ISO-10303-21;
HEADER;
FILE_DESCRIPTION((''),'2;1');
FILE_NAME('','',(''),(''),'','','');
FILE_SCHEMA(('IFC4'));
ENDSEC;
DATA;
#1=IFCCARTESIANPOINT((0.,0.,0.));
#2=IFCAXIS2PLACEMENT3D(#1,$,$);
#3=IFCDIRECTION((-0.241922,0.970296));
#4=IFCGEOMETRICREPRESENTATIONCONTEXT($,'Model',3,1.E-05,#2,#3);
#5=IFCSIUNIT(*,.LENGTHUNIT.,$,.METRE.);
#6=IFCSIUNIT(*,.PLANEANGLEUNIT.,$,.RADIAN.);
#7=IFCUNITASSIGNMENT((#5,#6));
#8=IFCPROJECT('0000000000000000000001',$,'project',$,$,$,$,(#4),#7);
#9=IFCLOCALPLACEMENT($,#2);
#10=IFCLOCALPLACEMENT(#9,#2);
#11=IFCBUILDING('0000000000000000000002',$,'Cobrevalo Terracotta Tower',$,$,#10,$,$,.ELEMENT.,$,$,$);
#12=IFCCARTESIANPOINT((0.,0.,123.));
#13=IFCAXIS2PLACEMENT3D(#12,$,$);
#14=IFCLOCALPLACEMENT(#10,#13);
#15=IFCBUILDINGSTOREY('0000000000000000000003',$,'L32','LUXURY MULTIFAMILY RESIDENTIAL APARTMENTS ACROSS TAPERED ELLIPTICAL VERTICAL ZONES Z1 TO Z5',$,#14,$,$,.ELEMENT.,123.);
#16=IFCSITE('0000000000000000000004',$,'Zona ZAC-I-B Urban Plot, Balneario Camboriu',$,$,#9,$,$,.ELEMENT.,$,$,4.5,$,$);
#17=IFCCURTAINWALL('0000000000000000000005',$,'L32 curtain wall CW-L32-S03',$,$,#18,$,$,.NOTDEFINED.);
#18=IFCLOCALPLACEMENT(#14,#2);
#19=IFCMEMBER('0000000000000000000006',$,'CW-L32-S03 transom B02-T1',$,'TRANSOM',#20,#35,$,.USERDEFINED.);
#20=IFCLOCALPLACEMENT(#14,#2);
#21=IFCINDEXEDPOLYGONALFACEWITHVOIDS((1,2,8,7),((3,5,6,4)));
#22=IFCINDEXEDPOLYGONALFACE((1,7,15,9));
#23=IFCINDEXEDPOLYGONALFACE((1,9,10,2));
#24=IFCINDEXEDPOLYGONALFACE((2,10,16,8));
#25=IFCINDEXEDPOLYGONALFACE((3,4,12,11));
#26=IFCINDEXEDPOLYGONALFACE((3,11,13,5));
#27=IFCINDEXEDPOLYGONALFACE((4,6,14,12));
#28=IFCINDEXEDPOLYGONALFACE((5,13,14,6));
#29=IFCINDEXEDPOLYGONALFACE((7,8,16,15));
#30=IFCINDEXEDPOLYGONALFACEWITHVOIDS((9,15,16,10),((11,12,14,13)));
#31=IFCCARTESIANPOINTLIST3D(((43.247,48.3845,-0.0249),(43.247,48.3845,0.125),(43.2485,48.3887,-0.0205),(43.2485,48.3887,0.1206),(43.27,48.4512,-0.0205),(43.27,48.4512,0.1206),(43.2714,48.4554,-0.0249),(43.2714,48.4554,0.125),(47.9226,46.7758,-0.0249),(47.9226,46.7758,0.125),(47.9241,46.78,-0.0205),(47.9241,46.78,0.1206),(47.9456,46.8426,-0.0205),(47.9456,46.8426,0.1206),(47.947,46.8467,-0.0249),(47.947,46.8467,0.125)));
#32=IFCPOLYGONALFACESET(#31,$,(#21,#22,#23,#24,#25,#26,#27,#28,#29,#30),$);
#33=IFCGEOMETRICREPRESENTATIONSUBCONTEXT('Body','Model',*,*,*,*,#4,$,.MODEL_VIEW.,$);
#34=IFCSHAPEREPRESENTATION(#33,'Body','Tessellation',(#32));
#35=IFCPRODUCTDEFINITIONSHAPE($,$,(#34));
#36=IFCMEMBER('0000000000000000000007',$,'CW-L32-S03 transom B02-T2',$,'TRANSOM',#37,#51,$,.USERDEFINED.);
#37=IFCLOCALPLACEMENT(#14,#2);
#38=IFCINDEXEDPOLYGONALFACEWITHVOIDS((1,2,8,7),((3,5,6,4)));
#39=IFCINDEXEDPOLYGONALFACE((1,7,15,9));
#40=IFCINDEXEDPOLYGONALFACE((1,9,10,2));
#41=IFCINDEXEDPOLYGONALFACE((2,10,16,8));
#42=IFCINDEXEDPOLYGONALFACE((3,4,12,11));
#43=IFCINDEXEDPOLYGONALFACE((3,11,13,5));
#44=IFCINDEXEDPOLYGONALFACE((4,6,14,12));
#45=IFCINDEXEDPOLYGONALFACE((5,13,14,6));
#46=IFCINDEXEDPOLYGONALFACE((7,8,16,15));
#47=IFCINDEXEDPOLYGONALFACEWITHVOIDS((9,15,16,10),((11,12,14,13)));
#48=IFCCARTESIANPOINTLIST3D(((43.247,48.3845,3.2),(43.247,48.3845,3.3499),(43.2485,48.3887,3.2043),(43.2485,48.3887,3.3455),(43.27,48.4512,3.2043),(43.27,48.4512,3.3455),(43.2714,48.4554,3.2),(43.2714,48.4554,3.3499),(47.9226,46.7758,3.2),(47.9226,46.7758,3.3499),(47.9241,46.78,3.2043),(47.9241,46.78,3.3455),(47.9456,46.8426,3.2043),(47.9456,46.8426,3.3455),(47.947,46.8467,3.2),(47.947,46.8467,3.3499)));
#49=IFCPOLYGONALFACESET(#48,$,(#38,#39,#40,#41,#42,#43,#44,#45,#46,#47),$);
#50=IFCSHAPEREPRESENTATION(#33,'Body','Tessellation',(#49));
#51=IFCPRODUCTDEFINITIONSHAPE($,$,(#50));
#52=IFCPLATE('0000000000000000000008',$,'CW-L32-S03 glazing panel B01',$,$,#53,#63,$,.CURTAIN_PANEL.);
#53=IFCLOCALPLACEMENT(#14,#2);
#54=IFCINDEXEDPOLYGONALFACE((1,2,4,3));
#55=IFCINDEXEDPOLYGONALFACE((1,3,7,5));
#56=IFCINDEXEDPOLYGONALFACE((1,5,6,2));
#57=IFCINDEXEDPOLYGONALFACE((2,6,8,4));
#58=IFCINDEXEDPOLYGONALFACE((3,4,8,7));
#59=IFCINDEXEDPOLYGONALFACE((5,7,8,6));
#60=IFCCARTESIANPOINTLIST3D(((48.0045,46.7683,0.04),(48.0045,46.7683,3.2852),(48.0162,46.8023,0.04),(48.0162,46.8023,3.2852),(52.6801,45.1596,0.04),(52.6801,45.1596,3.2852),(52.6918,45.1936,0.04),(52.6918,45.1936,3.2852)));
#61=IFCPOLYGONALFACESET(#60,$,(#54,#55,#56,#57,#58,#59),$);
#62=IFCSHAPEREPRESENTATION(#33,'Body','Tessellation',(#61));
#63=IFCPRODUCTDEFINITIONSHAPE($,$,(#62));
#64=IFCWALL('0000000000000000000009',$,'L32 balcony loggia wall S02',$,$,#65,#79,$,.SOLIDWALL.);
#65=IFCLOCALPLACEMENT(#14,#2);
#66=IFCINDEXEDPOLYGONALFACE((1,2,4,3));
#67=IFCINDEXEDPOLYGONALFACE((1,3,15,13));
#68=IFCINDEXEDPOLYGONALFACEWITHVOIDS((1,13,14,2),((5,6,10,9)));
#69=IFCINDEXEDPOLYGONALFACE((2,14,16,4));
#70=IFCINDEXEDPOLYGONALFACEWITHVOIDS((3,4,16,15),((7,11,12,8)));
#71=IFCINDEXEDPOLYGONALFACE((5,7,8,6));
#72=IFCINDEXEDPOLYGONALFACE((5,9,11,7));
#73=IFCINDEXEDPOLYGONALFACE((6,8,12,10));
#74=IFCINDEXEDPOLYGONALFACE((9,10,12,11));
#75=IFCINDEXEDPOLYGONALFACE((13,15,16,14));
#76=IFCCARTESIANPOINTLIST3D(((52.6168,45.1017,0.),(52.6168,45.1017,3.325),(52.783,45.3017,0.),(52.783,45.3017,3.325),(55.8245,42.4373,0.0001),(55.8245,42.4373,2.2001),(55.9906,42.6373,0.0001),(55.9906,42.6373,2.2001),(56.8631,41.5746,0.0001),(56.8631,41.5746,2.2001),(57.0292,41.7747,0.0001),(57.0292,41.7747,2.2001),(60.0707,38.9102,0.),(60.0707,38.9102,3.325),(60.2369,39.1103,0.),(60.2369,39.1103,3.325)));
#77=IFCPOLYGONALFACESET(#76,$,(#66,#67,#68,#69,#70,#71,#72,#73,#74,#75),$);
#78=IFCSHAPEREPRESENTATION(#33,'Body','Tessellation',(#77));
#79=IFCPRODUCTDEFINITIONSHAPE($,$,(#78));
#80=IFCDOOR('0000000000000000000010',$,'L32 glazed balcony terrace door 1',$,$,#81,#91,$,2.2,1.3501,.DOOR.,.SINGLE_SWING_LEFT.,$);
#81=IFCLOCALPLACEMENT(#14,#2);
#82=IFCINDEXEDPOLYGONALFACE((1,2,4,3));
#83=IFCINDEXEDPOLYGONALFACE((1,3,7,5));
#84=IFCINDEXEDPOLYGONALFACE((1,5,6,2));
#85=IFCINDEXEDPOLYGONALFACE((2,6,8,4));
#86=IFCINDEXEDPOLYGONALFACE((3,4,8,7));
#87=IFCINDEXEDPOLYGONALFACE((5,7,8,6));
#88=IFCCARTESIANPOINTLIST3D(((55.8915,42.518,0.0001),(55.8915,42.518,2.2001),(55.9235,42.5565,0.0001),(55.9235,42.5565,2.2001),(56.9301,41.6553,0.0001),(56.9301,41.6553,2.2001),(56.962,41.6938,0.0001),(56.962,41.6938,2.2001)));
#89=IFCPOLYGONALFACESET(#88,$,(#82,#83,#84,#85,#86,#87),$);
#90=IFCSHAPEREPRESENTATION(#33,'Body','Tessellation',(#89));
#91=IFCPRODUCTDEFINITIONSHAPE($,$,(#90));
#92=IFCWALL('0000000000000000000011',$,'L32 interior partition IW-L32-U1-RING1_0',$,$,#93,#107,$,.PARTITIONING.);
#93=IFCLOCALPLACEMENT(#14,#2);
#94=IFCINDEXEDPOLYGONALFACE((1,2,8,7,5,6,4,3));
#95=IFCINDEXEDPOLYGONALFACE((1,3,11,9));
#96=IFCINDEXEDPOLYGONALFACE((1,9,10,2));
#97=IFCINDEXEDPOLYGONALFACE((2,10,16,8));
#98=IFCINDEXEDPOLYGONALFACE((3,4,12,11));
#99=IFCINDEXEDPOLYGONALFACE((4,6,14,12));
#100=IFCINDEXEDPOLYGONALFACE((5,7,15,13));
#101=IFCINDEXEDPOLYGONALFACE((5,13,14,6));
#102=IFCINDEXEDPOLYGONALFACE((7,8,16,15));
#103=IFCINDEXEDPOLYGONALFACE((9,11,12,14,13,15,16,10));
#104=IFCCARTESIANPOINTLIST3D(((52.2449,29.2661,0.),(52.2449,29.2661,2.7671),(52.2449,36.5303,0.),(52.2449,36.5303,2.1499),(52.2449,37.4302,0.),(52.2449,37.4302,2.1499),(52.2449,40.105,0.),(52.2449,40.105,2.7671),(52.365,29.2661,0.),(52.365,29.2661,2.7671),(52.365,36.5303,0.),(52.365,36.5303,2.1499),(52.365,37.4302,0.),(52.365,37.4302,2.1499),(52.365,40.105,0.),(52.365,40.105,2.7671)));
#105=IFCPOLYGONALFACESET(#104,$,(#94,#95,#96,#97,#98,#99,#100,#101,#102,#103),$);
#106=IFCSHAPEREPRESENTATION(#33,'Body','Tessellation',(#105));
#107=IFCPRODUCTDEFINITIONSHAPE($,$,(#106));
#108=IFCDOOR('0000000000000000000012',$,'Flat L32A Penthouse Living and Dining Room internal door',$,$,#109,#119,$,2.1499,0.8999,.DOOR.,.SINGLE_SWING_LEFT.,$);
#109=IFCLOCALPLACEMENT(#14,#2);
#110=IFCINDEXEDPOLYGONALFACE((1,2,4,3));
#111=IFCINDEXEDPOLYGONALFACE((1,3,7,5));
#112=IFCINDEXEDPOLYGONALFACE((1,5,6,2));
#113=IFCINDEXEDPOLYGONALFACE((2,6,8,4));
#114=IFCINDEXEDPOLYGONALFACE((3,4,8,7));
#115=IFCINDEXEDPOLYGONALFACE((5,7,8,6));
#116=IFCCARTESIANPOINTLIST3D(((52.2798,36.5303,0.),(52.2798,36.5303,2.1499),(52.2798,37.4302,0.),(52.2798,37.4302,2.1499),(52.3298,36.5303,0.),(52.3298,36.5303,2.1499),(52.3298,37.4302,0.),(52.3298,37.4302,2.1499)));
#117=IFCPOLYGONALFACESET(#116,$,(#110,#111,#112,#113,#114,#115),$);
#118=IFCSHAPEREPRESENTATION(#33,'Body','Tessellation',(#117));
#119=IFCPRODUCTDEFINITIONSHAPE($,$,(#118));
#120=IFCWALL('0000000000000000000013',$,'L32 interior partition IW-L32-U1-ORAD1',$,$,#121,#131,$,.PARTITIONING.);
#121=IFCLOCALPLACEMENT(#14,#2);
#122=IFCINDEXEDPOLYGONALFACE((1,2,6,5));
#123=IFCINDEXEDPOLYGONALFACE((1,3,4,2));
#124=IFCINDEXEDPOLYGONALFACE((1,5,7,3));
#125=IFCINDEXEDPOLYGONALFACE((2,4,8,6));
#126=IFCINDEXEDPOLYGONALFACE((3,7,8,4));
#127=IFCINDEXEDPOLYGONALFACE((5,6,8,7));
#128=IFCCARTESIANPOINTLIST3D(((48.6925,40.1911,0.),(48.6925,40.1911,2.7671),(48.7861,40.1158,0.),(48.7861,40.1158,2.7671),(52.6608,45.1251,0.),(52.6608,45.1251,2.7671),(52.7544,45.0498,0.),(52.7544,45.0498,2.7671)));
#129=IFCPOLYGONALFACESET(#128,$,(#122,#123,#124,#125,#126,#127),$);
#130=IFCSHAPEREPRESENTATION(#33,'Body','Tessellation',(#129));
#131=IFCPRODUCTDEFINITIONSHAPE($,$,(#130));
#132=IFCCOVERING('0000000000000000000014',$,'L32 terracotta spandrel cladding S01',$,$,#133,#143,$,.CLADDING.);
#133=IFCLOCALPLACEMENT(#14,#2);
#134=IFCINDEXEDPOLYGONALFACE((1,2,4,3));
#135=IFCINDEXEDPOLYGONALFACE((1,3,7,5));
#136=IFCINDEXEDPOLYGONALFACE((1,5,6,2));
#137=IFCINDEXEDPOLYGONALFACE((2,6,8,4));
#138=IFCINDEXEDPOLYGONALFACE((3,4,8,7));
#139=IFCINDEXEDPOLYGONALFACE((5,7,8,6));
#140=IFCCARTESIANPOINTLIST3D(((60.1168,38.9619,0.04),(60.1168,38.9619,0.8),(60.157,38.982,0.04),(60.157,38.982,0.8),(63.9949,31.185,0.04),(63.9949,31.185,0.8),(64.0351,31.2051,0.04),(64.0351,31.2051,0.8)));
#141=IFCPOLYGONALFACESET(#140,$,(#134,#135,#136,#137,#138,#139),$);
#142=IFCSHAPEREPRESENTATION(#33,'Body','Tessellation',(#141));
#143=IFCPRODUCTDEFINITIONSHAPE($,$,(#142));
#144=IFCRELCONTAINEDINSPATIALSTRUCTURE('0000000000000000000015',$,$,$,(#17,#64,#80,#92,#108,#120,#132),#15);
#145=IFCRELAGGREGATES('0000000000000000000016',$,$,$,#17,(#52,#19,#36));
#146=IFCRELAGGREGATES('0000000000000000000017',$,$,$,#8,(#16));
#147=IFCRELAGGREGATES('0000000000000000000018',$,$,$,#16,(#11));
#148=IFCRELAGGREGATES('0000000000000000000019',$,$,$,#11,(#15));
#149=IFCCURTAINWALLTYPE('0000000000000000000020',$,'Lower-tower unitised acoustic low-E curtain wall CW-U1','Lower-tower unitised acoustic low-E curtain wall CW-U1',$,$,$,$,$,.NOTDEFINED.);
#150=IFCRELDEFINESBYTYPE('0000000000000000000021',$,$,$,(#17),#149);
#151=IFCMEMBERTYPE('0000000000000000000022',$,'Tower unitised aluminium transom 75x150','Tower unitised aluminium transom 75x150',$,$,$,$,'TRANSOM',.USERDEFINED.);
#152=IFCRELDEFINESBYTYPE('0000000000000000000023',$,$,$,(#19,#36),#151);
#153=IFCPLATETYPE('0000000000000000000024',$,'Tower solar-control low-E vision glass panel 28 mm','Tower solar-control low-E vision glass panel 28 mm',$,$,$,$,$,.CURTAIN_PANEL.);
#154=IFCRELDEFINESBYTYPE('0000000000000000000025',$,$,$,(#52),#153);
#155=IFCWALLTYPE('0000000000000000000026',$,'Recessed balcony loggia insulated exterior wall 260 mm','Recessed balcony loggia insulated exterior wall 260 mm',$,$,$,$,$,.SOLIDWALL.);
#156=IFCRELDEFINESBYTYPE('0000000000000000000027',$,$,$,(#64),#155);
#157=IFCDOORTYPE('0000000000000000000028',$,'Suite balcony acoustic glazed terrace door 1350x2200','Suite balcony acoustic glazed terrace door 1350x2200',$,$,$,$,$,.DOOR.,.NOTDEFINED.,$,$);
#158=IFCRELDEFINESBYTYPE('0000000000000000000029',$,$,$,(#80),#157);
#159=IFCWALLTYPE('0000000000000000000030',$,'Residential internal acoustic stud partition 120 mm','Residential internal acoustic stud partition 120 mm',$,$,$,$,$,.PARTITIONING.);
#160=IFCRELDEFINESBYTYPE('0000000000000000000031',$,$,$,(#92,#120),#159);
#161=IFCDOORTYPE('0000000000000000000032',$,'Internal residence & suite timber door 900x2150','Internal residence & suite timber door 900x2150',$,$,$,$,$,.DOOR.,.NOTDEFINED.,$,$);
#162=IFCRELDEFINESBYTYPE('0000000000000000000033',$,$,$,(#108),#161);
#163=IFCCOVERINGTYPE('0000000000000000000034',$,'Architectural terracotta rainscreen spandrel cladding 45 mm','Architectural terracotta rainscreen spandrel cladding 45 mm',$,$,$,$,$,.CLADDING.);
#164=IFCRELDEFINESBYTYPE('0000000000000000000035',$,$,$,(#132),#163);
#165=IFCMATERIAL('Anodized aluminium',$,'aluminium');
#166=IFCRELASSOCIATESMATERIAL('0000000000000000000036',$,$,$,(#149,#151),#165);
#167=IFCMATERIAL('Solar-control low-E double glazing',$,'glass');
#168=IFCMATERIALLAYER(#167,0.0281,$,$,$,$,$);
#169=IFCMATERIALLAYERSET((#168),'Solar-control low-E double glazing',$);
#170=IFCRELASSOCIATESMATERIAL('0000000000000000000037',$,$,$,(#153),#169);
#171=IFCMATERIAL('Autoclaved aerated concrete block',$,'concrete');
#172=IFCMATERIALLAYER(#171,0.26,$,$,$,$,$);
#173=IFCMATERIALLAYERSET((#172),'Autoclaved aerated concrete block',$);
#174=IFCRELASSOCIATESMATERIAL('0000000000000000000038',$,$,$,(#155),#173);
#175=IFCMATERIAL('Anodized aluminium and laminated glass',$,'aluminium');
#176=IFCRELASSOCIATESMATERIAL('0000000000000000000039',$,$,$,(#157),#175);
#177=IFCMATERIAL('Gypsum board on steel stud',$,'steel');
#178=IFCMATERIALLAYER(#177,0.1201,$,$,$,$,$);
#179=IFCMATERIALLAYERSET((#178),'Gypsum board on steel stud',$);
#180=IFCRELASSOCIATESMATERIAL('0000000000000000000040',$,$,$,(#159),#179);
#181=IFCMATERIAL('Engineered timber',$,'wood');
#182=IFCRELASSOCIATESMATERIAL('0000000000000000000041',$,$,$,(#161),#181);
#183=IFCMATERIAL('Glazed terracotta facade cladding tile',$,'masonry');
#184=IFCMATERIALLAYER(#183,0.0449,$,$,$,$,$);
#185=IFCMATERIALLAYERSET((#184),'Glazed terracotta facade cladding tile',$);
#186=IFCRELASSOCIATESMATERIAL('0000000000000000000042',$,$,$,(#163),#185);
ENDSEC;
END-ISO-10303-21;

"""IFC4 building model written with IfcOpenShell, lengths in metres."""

from ifc_helpers import new_model, si_unit, direction, frame, frame_2d, origin, origin_2d, place, context, subcontext, project, spatial, rectangle, hollow_rectangle, extrude, source, transform, mapped, material, layer, layer_set, material_profile, profile_set, type_object, element, fill, aggregate, save


model = new_model("IFC4")

# Units and contexts
model_context = context("Model", 3, precision=1e-05, world=origin(), true_north=direction((-0.241922, 0.970296)))
body_context = subcontext(model_context, "Body", "Model", "MODEL_VIEW")
ifc_project = project(units=[si_unit("LENGTHUNIT", "METRE"), si_unit("PLANEANGLEUNIT", "RADIAN")], contexts=[model_context])

# Site, building, storey
site_placement = place(None, origin())
site = spatial("IfcSite", under=ifc_project, at=site_placement, Name="Zona ZAC-I-B Urban Plot, Balneario Camboriu", CompositionType="ELEMENT", RefElevation=4.5)
building_placement = place(site_placement, origin())
building = spatial("IfcBuilding", under=site, at=building_placement, Name="Cobrevalo Terracotta Tower", CompositionType="ELEMENT")
storey_placement = place(building_placement, frame((0.0, 0.0, 123.0)))
storey = spatial("IfcBuildingStorey", under=building, at=storey_placement, Name="L32", Description="LUXURY MULTIFAMILY RESIDENTIAL APARTMENTS ACROSS TAPERED ELLIPTICAL VERTICAL ZONES Z1 TO Z5", CompositionType="ELEMENT", Elevation=123.0)

# Curtain wall, members, plate
ifc_material_1 = material(Name="Anodized aluminium", Category="aluminium")
curtain_wall_type = type_object("IfcCurtainWallType", Name="Lower-tower unitised acoustic low-E curtain wall CW-U1", Description="Lower-tower unitised acoustic low-E curtain wall CW-U1", PredefinedType="NOTDEFINED", material=ifc_material_1)
curtain_wall_placement = place(storey_placement, origin())
curtain_wall = element("IfcCurtainWall", 1, at=curtain_wall_placement, inside=storey, type_object=curtain_wall_type, Name="L32 curtain wall CW-L32-S03", PredefinedType="NOTDEFINED")
ifc_material_profile_1 = material_profile(ifc_material_1, hollow_rectangle(XDim=0.075, YDim=0.1499, WallThickness=0.0044, at=origin_2d()), Name="CWT 75x150")
ifc_profile_set_1 = profile_set([ifc_material_profile_1], Name="Anodized aluminium")
member_type_1 = type_object("IfcMemberType", Name="Tower unitised aluminium transom 75x150", Description="Tower unitised aluminium transom 75x150", ElementType="TRANSOM", PredefinedType="USERDEFINED", material=ifc_profile_set_1)
shared_shape_1 = source(origin(), body_context, "Body", "SweptSolid", [
    extrude(hollow_rectangle(XDim=0.075, YDim=0.1499, WallThickness=0.0044, at=origin_2d()), origin(), (0.0, 0.0, 1.0), 4.9446),
])
member_1_placement = place(storey_placement, frame((47.9348, 46.8113, 0.05), z_axis=(-0.945598, 0.325338, 0.0), x_axis=(-0.325338, -0.945598, 0.0)))
member_1 = element("IfcMember", 2, at=member_1_placement, type_object=member_type_1, Name="CW-L32-S03 transom B02-T1", ObjectType="TRANSOM", PredefinedType="USERDEFINED", context=body_context, shape_type="MappedRepresentation", body=[
    mapped(shared_shape_1, transform((0.0, 0.0, 0.0), scale=1.0)),
])
member_2_placement = place(storey_placement, frame((47.9348, 46.8113, 3.2749), z_axis=(-0.945598, 0.325338, 0.0), x_axis=(-0.325338, -0.945598, 0.0)))
member_2 = element("IfcMember", 3, at=member_2_placement, type_object=member_type_1, Name="CW-L32-S03 transom B02-T2", ObjectType="TRANSOM", PredefinedType="USERDEFINED", context=body_context, shape_type="MappedRepresentation", body=[
    mapped(shared_shape_1, transform((0.0, 0.0, 0.0), scale=1.0)),
])
ifc_material_2 = material(Name="Solar-control low-E double glazing", Category="glass")
ifc_layer_1 = layer(ifc_material_2, 0.0281)
ifc_layer_set_1 = layer_set([ifc_layer_1], Name="Solar-control low-E double glazing")
plate_type = type_object("IfcPlateType", Name="Tower solar-control low-E vision glass panel 28 mm", Description="Tower solar-control low-E vision glass panel 28 mm", PredefinedType="CURTAIN_PANEL", material=ifc_layer_set_1)
shared_shape_2 = source(origin(), body_context, "Body", "SweptSolid", [
    extrude(rectangle(XDim=4.9446, YDim=0.0359, at=origin_2d()), origin(), (0.0, 0.0, 1.0), 3.2451),
])
plate_placement = place(storey_placement, frame((50.3481, 45.981, 0.04), z_axis=(0.0, 0.0, 1.0), x_axis=(-0.945596, 0.325342, 0.0)))
plate = element("IfcPlate", 4, at=plate_placement, type_object=plate_type, Name="CW-L32-S03 glazing panel B01", PredefinedType="CURTAIN_PANEL", context=body_context, shape_type="MappedRepresentation", body=[
    mapped(shared_shape_2, transform((0.0, 0.0, 0.0), scale=1.0)),
])
aggregate(curtain_wall, [plate, member_1, member_2])

# Walls, openings, doors
ifc_material_3 = material(Name="Autoclaved aerated concrete block", Category="concrete")
ifc_layer_2 = layer(ifc_material_3, 0.26)
ifc_layer_set_2 = layer_set([ifc_layer_2], Name="Autoclaved aerated concrete block")
wall_type_1 = type_object("IfcWallType", Name="Recessed balcony loggia insulated exterior wall 260 mm", Description="Recessed balcony loggia insulated exterior wall 260 mm", PredefinedType="SOLIDWALL", material=ifc_layer_set_2)
wall_1_placement = place(storey_placement, frame((60.1538, 39.0103, 0.0), z_axis=(0.0, 0.0, 1.0), x_axis=(-0.769243, 0.638957, 0.0)))
wall_1 = element("IfcWall", 5, at=wall_1_placement, inside=storey, type_object=wall_type_1, Name="L32 balcony loggia wall S02", PredefinedType="SOLIDWALL", context=body_context, shape_type="SweptSolid", body=[
    extrude(rectangle(XDim=9.6899, YDim=0.26, at=frame_2d((4.845, 0.0))), origin(), (0.0, 0.0, 1.0), 3.325),
])
opening_1_placement = place(wall_1_placement, frame((4.1699, 0.0, 0.0)))
opening_1 = element("IfcOpeningElement", 6, at=opening_1_placement, cuts=wall_1, PredefinedType="OPENING", context=body_context, shape_type="SweptSolid", body=[
    extrude(rectangle(XDim=1.3501, YDim=2.2, at=frame_2d((0.675, 1.1001))), frame((0.0, 0.1401, 0.0), z_axis=(0.0, -1.0, 0.0), x_axis=(1.0, 0.0, 0.0)), (0.0, 0.0, 1.0), 0.28),
])
ifc_material_4 = material(Name="Anodized aluminium and laminated glass", Category="aluminium")
door_type_1 = type_object("IfcDoorType", Name="Suite balcony acoustic glazed terrace door 1350x2200", Description="Suite balcony acoustic glazed terrace door 1350x2200", OperationType="NOTDEFINED", PredefinedType="DOOR", material=ifc_material_4)
shared_shape_3 = source(origin(), body_context, "Body", "SweptSolid", [
    extrude(rectangle(XDim=1.3501, YDim=2.2, at=frame_2d((0.675, 1.1001))), frame((0.0, 0.0249, 0.0), z_axis=(0.0, -1.0, 0.0), x_axis=(1.0, 0.0, 0.0)), (0.0, 0.0, 1.0), 0.05),
])
door_1_placement = place(opening_1_placement, frame((1.3501, 0.0, 0.0), z_axis=(0.0, 0.0, 1.0), x_axis=(-1.0, 0.0, 0.0)))
door_1 = element("IfcDoor", 7, at=door_1_placement, inside=storey, type_object=door_type_1, Name="L32 glazed balcony terrace door 1", OperationType="SINGLE_SWING_LEFT", OverallHeight=2.2, OverallWidth=1.3501, PredefinedType="DOOR", context=body_context, shape_type="MappedRepresentation", body=[
    mapped(shared_shape_3, transform((0.0, 0.0, 0.0), scale=1.0)),
])
fill(opening_1, door_1)
ifc_material_5 = material(Name="Gypsum board on steel stud", Category="steel")
ifc_layer_3 = layer(ifc_material_5, 0.1201)
ifc_layer_set_3 = layer_set([ifc_layer_3], Name="Gypsum board on steel stud")
wall_type_2 = type_object("IfcWallType", Name="Residential internal acoustic stud partition 120 mm", Description="Residential internal acoustic stud partition 120 mm", PredefinedType="PARTITIONING", material=ifc_layer_set_3)
wall_2_placement = place(storey_placement, frame((52.3049, 40.105, 0.0), z_axis=(0.0, 0.0, 1.0), x_axis=(0.0, -1.0, 0.0)))
wall_2 = element("IfcWall", 8, at=wall_2_placement, inside=storey, type_object=wall_type_2, Name="L32 interior partition IW-L32-U1-RING1_0", PredefinedType="PARTITIONING", context=body_context, shape_type="SweptSolid", body=[
    extrude(rectangle(XDim=10.8389, YDim=0.1201, at=frame_2d((5.4194, 0.0))), origin(), (0.0, 0.0, 1.0), 2.7671),
])
opening_2_placement = place(wall_2_placement, frame((2.6748, 0.0, 0.0)))
opening_2 = element("IfcOpeningElement", 9, at=opening_2_placement, cuts=wall_2, PredefinedType="OPENING", context=body_context, shape_type="SweptSolid", body=[
    extrude(rectangle(XDim=0.8999, YDim=2.1499, at=frame_2d((0.45, 1.075))), frame((0.0, 0.0701, 0.0), z_axis=(0.0, -1.0, 0.0), x_axis=(1.0, 0.0, 0.0)), (0.0, 0.0, 1.0), 0.1401),
])
ifc_material_6 = material(Name="Engineered timber", Category="wood")
door_type_2 = type_object("IfcDoorType", Name="Internal residence & suite timber door 900x2150", Description="Internal residence & suite timber door 900x2150", OperationType="NOTDEFINED", PredefinedType="DOOR", material=ifc_material_6)
shared_shape_4 = source(origin(), body_context, "Body", "SweptSolid", [
    extrude(rectangle(XDim=0.8999, YDim=2.1499, at=frame_2d((0.45, 1.075))), frame((0.0, 0.0249, 0.0), z_axis=(0.0, -1.0, 0.0), x_axis=(1.0, 0.0, 0.0)), (0.0, 0.0, 1.0), 0.05),
])
door_2_placement = place(opening_2_placement, origin())
door_2 = element("IfcDoor", 10, at=door_2_placement, inside=storey, type_object=door_type_2, Name="Flat L32A Penthouse Living and Dining Room internal door", OperationType="SINGLE_SWING_LEFT", OverallHeight=2.1499, OverallWidth=0.8999, PredefinedType="DOOR", context=body_context, shape_type="MappedRepresentation", body=[
    mapped(shared_shape_4, transform((0.0, 0.0, 0.0), scale=1.0)),
])
fill(opening_2, door_2)

# Wall
wall_3_placement = place(storey_placement, frame((48.7393, 40.1533, 0.0), z_axis=(0.0, 0.0, 1.0), x_axis=(0.626715, 0.779249, 0.0)))
element("IfcWall", 11, at=wall_3_placement, inside=storey, type_object=wall_type_2, Name="L32 interior partition IW-L32-U1-ORAD1", PredefinedType="PARTITIONING", context=body_context, shape_type="SweptSolid", body=[
    extrude(rectangle(XDim=6.3318, YDim=0.1201, at=frame_2d((3.166, 0.0))), origin(), (0.0, 0.0, 1.0), 2.7671),
])

# Covering
ifc_material_7 = material(Name="Glazed terracotta facade cladding tile", Category="masonry")
ifc_layer_4 = layer(ifc_material_7, 0.0449)
ifc_layer_set_4 = layer_set([ifc_layer_4], Name="Glazed terracotta facade cladding tile")
covering_type = type_object("IfcCoveringType", Name="Architectural terracotta rainscreen spandrel cladding 45 mm", Description="Architectural terracotta rainscreen spandrel cladding 45 mm", PredefinedType="CLADDING", material=ifc_layer_set_4)
shared_shape_5 = source(origin(), body_context, "Body", "SweptSolid", [
    extrude(rectangle(XDim=8.6902, YDim=0.0449, at=origin_2d()), origin(), (0.0, 0.0, 1.0), 0.76),
])
covering_placement = place(storey_placement, frame((62.0759, 35.0835, 0.04), z_axis=(0.0, 0.0, 1.0), x_axis=(-0.446262, 0.894902, 0.0)))
element("IfcCovering", 12, at=covering_placement, inside=storey, type_object=covering_type, Name="L32 terracotta spandrel cladding S01", PredefinedType="CLADDING", context=body_context, shape_type="MappedRepresentation", body=[
    mapped(shared_shape_5, transform((0.0, 0.0, 0.0), scale=1.0)),
])

save(model, "model.ifc")
